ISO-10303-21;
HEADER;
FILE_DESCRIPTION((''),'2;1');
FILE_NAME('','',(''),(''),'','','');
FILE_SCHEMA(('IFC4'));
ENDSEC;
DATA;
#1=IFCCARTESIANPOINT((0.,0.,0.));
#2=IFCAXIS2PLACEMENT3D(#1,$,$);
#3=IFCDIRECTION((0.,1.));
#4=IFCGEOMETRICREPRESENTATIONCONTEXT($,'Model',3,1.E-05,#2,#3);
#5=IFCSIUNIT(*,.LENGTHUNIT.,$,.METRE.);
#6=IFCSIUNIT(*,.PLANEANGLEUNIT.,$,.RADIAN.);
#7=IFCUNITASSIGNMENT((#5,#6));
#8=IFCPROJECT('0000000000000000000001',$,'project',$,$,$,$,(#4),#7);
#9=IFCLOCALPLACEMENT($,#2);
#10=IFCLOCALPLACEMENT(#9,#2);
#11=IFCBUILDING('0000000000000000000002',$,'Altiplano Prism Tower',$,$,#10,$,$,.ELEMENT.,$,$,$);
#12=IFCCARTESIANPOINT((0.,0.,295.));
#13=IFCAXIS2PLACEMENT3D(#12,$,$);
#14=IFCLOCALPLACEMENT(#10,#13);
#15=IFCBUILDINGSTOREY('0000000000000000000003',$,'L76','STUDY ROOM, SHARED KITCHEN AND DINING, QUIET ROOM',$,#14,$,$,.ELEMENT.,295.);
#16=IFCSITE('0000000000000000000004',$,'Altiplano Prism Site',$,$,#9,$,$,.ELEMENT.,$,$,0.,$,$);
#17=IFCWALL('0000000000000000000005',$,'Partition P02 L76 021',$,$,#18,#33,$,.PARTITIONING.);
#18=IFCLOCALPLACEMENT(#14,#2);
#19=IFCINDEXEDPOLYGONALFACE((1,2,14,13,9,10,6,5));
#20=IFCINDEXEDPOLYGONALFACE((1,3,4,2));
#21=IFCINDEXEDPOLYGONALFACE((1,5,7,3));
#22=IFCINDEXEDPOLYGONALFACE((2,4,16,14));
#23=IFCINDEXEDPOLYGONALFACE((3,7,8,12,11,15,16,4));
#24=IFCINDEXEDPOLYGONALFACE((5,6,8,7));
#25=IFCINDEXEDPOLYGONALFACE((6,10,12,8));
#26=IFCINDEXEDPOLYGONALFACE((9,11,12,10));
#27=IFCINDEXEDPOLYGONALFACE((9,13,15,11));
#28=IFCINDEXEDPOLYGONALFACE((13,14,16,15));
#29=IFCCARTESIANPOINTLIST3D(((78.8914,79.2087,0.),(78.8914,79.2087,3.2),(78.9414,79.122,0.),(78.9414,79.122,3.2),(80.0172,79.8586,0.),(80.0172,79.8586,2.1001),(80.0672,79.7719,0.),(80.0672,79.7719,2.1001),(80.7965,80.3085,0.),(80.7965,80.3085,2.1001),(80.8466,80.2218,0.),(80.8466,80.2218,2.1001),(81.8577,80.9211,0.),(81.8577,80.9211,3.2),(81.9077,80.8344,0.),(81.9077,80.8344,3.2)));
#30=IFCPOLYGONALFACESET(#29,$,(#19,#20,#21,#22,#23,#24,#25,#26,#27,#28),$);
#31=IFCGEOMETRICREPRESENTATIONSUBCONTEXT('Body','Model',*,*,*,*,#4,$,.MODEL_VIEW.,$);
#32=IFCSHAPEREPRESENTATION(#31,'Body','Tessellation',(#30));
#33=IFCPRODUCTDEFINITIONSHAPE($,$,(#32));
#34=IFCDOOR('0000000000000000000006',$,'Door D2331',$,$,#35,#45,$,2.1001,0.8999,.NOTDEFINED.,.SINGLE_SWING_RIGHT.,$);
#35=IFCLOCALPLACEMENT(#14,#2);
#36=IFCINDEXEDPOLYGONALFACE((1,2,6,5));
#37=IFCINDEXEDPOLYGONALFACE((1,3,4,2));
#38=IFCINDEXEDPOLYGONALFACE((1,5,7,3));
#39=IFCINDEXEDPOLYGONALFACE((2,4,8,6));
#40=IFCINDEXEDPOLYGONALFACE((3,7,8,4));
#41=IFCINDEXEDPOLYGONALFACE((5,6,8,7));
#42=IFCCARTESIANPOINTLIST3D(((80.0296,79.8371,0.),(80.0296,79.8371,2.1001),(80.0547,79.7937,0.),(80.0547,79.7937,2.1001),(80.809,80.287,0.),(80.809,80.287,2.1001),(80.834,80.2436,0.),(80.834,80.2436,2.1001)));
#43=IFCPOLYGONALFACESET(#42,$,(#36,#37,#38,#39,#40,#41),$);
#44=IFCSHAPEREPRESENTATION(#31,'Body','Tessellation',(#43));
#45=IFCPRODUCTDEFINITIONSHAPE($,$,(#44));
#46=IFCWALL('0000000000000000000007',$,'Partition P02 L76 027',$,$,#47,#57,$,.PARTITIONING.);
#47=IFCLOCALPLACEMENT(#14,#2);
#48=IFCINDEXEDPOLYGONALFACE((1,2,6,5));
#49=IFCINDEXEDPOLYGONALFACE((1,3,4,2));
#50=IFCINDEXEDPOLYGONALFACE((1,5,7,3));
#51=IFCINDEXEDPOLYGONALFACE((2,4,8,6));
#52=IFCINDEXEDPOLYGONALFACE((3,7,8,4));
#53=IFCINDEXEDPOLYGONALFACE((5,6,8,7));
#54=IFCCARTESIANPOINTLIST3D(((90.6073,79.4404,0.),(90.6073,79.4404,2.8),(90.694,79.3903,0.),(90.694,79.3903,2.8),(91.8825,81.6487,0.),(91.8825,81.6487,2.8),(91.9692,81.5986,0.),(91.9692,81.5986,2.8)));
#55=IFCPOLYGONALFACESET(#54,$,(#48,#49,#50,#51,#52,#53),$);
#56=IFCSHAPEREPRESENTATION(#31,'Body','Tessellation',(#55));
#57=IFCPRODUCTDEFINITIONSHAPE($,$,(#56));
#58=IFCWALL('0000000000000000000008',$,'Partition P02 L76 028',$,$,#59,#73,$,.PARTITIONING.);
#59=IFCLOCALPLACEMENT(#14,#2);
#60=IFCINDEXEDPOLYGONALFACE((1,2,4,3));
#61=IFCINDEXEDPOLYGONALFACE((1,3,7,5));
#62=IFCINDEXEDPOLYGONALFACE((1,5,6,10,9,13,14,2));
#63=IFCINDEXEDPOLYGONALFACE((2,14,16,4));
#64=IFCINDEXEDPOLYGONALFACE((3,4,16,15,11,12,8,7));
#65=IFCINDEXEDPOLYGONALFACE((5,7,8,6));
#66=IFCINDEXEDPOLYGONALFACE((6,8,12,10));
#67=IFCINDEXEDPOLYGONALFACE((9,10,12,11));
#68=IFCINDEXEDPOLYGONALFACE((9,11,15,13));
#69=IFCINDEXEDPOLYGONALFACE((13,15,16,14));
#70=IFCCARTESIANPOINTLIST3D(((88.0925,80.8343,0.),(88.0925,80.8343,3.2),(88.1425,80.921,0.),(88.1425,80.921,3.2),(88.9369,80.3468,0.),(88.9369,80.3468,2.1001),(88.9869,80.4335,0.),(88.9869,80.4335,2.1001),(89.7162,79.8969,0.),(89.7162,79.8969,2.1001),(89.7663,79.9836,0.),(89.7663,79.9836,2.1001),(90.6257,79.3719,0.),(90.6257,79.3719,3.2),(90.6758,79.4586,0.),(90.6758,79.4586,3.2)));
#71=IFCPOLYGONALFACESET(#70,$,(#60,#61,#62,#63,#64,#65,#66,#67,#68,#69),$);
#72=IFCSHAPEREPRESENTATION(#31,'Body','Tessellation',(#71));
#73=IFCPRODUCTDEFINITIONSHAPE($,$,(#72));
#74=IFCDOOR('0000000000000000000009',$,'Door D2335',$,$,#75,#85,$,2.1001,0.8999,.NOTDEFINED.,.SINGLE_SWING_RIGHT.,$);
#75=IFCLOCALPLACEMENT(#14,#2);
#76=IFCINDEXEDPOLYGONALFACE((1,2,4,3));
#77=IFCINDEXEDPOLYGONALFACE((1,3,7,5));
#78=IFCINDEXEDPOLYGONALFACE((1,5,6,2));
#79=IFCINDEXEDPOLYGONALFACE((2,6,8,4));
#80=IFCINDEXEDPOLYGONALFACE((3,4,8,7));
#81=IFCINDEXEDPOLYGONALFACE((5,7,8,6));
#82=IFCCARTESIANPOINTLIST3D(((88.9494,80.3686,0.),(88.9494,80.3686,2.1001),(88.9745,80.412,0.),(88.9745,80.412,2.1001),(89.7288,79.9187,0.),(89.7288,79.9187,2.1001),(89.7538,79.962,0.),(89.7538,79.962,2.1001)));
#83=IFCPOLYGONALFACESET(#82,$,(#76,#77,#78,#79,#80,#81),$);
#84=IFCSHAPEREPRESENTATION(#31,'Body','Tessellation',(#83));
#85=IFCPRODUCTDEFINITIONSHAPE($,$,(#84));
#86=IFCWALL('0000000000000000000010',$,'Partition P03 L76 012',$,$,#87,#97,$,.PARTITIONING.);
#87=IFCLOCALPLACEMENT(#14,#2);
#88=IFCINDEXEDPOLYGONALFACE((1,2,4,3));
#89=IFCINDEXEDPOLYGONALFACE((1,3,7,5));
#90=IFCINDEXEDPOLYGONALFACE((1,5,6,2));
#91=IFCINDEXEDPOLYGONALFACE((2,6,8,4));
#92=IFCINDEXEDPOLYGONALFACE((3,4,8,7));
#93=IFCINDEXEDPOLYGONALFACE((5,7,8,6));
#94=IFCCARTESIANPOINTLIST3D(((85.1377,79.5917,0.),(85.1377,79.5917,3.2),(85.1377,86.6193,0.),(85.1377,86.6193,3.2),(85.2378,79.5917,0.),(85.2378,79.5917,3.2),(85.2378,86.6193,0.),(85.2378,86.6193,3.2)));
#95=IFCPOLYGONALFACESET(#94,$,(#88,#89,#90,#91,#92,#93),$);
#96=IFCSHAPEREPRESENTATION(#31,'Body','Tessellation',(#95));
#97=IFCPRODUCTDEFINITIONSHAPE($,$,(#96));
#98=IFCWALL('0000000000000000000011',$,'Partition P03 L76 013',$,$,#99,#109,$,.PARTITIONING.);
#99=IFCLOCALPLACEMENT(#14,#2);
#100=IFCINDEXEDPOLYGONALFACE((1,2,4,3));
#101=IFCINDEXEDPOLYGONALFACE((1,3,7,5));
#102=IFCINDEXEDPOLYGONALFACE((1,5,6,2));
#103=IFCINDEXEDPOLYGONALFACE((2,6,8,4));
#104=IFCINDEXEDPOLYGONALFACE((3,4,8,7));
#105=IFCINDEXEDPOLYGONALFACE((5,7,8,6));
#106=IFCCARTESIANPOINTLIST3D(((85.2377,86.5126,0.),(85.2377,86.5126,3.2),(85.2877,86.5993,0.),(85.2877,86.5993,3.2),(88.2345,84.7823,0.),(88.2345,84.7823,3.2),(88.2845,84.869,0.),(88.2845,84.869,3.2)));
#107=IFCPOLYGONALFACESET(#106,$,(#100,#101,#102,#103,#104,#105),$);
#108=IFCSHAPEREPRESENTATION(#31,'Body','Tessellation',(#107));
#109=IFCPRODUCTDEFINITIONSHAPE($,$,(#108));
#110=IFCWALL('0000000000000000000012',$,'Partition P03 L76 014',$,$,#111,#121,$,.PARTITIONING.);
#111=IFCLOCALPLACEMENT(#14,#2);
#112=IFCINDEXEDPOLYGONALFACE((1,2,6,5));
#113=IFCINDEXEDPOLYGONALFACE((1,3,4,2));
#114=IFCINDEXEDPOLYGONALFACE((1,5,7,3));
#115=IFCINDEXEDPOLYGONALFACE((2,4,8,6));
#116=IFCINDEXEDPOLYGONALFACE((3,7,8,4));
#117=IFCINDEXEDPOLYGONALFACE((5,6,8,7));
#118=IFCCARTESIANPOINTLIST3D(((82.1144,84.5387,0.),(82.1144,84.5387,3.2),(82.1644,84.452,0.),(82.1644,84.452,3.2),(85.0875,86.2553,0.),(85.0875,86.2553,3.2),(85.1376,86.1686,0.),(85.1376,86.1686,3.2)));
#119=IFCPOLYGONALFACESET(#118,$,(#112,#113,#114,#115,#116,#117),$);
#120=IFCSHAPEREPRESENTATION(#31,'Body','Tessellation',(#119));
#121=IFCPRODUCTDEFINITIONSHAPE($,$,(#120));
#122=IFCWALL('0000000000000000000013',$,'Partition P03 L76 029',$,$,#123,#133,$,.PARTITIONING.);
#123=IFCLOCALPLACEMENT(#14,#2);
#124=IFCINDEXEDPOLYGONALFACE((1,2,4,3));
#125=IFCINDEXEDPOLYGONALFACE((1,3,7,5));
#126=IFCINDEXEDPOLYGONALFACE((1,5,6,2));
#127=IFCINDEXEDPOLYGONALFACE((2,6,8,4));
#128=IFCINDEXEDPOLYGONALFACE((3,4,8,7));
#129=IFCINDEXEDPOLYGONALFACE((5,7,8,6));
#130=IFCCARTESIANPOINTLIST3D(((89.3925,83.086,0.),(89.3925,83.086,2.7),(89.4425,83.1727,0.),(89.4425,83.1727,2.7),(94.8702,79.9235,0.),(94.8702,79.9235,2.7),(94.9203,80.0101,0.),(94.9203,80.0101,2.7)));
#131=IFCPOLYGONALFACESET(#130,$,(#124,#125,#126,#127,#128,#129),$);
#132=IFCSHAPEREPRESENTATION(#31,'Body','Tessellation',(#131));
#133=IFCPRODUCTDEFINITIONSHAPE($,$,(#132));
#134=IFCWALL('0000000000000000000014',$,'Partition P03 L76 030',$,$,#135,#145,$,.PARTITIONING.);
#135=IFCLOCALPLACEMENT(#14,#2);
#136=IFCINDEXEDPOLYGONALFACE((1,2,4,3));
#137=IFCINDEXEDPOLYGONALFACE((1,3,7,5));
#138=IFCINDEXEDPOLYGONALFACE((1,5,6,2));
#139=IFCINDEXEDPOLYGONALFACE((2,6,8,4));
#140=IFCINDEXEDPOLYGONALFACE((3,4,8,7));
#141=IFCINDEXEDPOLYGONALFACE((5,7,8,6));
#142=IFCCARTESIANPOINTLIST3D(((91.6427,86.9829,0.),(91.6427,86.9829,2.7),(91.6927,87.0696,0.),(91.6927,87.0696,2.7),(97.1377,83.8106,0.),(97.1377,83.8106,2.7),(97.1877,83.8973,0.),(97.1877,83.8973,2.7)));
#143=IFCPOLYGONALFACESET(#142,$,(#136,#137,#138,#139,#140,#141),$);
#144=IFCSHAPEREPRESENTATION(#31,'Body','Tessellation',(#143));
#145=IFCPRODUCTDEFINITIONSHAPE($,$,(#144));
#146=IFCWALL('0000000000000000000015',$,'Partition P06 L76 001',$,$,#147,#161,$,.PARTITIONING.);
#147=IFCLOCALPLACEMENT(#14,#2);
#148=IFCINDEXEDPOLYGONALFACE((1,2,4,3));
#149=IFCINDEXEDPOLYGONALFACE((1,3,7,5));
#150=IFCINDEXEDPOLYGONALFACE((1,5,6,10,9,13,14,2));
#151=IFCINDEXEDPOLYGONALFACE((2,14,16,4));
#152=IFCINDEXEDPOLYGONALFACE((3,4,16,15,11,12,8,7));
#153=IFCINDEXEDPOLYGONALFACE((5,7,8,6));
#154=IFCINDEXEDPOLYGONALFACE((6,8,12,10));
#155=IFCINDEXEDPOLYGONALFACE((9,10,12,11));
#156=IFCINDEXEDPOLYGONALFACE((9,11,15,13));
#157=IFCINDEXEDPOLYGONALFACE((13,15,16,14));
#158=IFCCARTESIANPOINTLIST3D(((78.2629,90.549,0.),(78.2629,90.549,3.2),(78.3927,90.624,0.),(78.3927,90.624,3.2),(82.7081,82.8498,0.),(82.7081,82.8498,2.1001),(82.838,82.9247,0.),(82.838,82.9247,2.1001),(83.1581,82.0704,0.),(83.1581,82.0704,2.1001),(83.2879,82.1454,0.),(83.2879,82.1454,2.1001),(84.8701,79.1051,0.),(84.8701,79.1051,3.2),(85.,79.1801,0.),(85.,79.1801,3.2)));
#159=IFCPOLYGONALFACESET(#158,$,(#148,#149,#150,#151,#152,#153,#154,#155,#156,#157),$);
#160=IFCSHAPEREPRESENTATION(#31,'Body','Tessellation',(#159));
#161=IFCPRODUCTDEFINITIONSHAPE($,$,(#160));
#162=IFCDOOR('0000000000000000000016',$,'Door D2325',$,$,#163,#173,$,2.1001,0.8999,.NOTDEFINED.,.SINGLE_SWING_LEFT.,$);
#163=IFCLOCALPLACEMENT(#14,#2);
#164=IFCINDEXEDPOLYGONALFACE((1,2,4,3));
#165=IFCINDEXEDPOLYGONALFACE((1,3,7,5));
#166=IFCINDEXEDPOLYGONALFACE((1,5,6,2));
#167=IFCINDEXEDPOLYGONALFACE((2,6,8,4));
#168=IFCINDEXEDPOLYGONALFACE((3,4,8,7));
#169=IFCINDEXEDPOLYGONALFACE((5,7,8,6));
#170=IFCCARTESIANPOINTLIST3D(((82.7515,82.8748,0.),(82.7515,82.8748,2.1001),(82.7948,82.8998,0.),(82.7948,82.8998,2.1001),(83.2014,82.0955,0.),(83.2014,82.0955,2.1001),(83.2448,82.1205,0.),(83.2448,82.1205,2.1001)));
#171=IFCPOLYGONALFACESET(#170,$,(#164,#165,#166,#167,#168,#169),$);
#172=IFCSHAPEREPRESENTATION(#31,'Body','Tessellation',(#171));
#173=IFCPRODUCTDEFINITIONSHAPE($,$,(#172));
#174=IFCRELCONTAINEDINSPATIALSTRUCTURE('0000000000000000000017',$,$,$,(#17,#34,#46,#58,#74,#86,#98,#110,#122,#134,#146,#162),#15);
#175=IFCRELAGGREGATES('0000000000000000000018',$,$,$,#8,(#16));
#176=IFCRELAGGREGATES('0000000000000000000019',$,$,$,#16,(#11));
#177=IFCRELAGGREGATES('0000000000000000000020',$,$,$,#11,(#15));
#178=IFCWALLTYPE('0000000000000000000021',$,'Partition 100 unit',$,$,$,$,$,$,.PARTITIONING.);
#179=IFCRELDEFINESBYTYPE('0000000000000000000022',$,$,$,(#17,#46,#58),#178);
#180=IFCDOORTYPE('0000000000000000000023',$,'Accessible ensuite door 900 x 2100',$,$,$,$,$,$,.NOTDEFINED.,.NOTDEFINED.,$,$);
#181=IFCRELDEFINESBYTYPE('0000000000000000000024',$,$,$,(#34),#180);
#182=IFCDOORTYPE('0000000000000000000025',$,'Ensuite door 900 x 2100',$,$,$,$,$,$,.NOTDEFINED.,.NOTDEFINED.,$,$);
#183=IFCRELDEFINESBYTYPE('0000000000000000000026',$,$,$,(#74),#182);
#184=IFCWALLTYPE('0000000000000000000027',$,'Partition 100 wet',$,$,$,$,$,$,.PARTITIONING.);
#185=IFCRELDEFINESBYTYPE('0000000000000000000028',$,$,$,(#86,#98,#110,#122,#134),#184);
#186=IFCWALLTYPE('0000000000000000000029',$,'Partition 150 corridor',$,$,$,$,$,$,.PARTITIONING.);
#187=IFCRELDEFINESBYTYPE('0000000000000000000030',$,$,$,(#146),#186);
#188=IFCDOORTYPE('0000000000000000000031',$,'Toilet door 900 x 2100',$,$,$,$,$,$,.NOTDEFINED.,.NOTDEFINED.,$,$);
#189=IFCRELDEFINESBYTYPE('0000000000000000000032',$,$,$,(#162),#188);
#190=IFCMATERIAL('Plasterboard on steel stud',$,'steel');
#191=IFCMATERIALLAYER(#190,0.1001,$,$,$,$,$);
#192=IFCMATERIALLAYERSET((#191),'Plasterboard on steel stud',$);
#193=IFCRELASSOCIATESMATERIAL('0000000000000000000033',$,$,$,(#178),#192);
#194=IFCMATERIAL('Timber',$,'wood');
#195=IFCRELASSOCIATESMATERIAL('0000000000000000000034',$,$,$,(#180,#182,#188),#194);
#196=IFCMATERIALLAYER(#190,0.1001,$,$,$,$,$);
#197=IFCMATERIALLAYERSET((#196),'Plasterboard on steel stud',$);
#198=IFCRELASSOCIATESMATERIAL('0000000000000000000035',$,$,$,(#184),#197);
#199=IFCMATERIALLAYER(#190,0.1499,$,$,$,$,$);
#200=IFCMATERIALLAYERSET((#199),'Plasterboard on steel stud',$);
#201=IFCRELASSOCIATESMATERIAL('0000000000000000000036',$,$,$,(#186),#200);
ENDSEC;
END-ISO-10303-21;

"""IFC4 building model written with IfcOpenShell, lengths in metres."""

from ifc_helpers import new_model, si_unit, direction, frame, frame_2d, origin, place, context, subcontext, project, spatial, rectangle, extrude, material, layer, layer_set, type_object, element, fill, save


model = new_model("IFC4")

# Units and contexts
model_context = context("Model", 3, precision=1e-05, world=origin(), true_north=direction((0.0, 1.0)))
body_context = subcontext(model_context, "Body", "Model", "MODEL_VIEW")
ifc_project = project(units=[si_unit("LENGTHUNIT", "METRE"), si_unit("PLANEANGLEUNIT", "RADIAN")], contexts=[model_context])

# Site, building, storey
site_placement = place(None, origin())
site = spatial("IfcSite", under=ifc_project, at=site_placement, Name="Altiplano Prism Site", CompositionType="ELEMENT", RefElevation=0.0)
building_placement = place(site_placement, origin())
building = spatial("IfcBuilding", under=site, at=building_placement, Name="Altiplano Prism Tower", CompositionType="ELEMENT")
storey_placement = place(building_placement, frame((0.0, 0.0, 295.0)))
storey = spatial("IfcBuildingStorey", under=building, at=storey_placement, Name="L76", Description="STUDY ROOM, SHARED KITCHEN AND DINING, QUIET ROOM", CompositionType="ELEMENT", Elevation=295.0)

# Wall, opening, door
ifc_material_1 = material(Name="Plasterboard on steel stud", Category="steel")
ifc_layer_1 = layer(ifc_material_1, 0.1001)
ifc_layer_set_1 = layer_set([ifc_layer_1], Name="Plasterboard on steel stud")
wall_type_1 = type_object("IfcWallType", Name="Partition 100 unit", PredefinedType="PARTITIONING", material=ifc_layer_set_1)
wall_1_placement = place(storey_placement, frame((81.8826, 80.8777, 0.0), z_axis=(0.0, 0.0, 1.0), x_axis=(-0.86605, -0.499957, 0.0)))
wall_1 = element("IfcWall", 1, at=wall_1_placement, inside=storey, type_object=wall_type_1, Name="Partition P02 L76 021", PredefinedType="PARTITIONING", context=body_context, shape_type="SweptSolid", body=[
    extrude(rectangle(XDim=3.425, YDim=0.1001, at=frame_2d((1.7124, 0.0))), origin(), (0.0, 0.0, 1.0), 3.2),
])
opening_1_placement = place(wall_1_placement, frame((1.2251, 0.0, 0.0)))
opening_1 = element("IfcOpeningElement", 2, at=opening_1_placement, cuts=wall_1, PredefinedType="OPENING", context=body_context, shape_type="SweptSolid", body=[
    extrude(rectangle(XDim=0.8999, YDim=2.1001, at=frame_2d((0.45, 1.05))), frame((0.0, 0.0605, 0.0), z_axis=(0.0, -1.0, 0.0), x_axis=(1.0, 0.0, 0.0)), (0.0, 0.0, 1.0), 0.1211),
])
ifc_material_2 = material(Name="Timber", Category="wood")
door_type_1 = type_object("IfcDoorType", Name="Accessible ensuite door 900 x 2100", OperationType="NOTDEFINED", PredefinedType="NOTDEFINED", material=ifc_material_2)
door_1_placement = place(opening_1_placement, origin())
door_1 = element("IfcDoor", 3, at=door_1_placement, inside=storey, type_object=door_type_1, Name="Door D2331", OperationType="SINGLE_SWING_RIGHT", OverallHeight=2.1001, OverallWidth=0.8999, PredefinedType="NOTDEFINED", context=body_context, shape_type="SweptSolid", body=[
    extrude(rectangle(XDim=0.8999, YDim=2.1001, at=frame_2d((0.45, 1.05))), frame((0.0, 0.0249, 0.0), z_axis=(0.0, -1.0, 0.0), x_axis=(1.0, 0.0, 0.0)), (0.0, 0.0, 1.0), 0.05),
])
fill(opening_1, door_1)

# Wall
wall_2_placement = place(storey_placement, frame((91.9258, 81.6235, 0.0), z_axis=(0.0, 0.0, 1.0), x_axis=(-0.500062, -0.865989, 0.0)))
element("IfcWall", 4, at=wall_2_placement, inside=storey, type_object=wall_type_1, Name="Partition P02 L76 027", PredefinedType="PARTITIONING", context=body_context, shape_type="SweptSolid", body=[
    extrude(rectangle(XDim=2.55, YDim=0.1001, at=frame_2d((1.2749, 0.0))), origin(), (0.0, 0.0, 1.0), 2.8),
])

# Wall, opening, door
wall_3_placement = place(storey_placement, frame((90.6506, 79.4153, 0.0), z_axis=(0.0, 0.0, 1.0), x_axis=(-0.866047, 0.499963, 0.0)))
wall_3 = element("IfcWall", 5, at=wall_3_placement, inside=storey, type_object=wall_type_1, Name="Partition P02 L76 028", PredefinedType="PARTITIONING", context=body_context, shape_type="SweptSolid", body=[
    extrude(rectangle(XDim=2.925, YDim=0.1001, at=frame_2d((1.4624, 0.0))), origin(), (0.0, 0.0, 1.0), 3.2),
])
opening_2_placement = place(wall_3_placement, frame((1.05, 0.0, 0.0)))
opening_2 = element("IfcOpeningElement", 6, at=opening_2_placement, cuts=wall_3, PredefinedType="OPENING", context=body_context, shape_type="SweptSolid", body=[
    extrude(rectangle(XDim=0.8999, YDim=2.1001, at=frame_2d((0.45, 1.05))), frame((0.0, 0.0605, 0.0), z_axis=(0.0, -1.0, 0.0), x_axis=(1.0, 0.0, 0.0)), (0.0, 0.0, 1.0), 0.1211),
])
door_type_2 = type_object("IfcDoorType", Name="Ensuite door 900 x 2100", OperationType="NOTDEFINED", PredefinedType="NOTDEFINED", material=ifc_material_2)
door_2_placement = place(opening_2_placement, origin())
door_2 = element("IfcDoor", 7, at=door_2_placement, inside=storey, type_object=door_type_2, Name="Door D2335", OperationType="SINGLE_SWING_RIGHT", OverallHeight=2.1001, OverallWidth=0.8999, PredefinedType="NOTDEFINED", context=body_context, shape_type="SweptSolid", body=[
    extrude(rectangle(XDim=0.8999, YDim=2.1001, at=frame_2d((0.45, 1.05))), frame((0.0, 0.0249, 0.0), z_axis=(0.0, -1.0, 0.0), x_axis=(1.0, 0.0, 0.0)), (0.0, 0.0, 1.0), 0.05),
])
fill(opening_2, door_2)

# Walls
ifc_layer_2 = layer(ifc_material_1, 0.1001)
ifc_layer_set_2 = layer_set([ifc_layer_2], Name="Plasterboard on steel stud")
wall_type_2 = type_object("IfcWallType", Name="Partition 100 wet", PredefinedType="PARTITIONING", material=ifc_layer_set_2)
wall_4_placement = place(storey_placement, frame((85.1877, 86.6191, 0.0), z_axis=(0.0, 0.0, 1.0), x_axis=(0.0, -1.0, 0.0)))
element("IfcWall", 8, at=wall_4_placement, inside=storey, type_object=wall_type_2, Name="Partition P03 L76 012", PredefinedType="PARTITIONING", context=body_context, shape_type="SweptSolid", body=[
    extrude(rectangle(XDim=7.0276, YDim=0.1001, at=frame_2d((3.5137, 0.0))), origin(), (0.0, 0.0, 1.0), 3.2),
])
wall_5_placement = place(storey_placement, frame((88.2595, 84.8257, 0.0), z_axis=(0.0, 0.0, 1.0), x_axis=(-0.866025, 0.500001, 0.0)))
element("IfcWall", 9, at=wall_5_placement, inside=storey, type_object=wall_type_2, Name="Partition P03 L76 013", PredefinedType="PARTITIONING", context=body_context, shape_type="SweptSolid", body=[
    extrude(rectangle(XDim=3.4604, YDim=0.1001, at=frame_2d((1.7302, 0.0))), origin(), (0.0, 0.0, 1.0), 3.2),
])
wall_6_placement = place(storey_placement, frame((85.1125, 86.2119, 0.0), z_axis=(0.0, 0.0, 1.0), x_axis=(-0.866025, -0.500002, 0.0)))
element("IfcWall", 10, at=wall_6_placement, inside=storey, type_object=wall_type_2, Name="Partition P03 L76 014", PredefinedType="PARTITIONING", context=body_context, shape_type="SweptSolid", body=[
    extrude(rectangle(XDim=3.4331, YDim=0.1001, at=frame_2d((1.7166, 0.0))), origin(), (0.0, 0.0, 1.0), 3.2),
])
wall_7_placement = place(storey_placement, frame((94.8953, 79.9668, 0.0), z_axis=(0.0, 0.0, 1.0), x_axis=(-0.866026, 0.5, 0.0)))
element("IfcWall", 11, at=wall_7_placement, inside=storey, type_object=wall_type_2, Name="Partition P03 L76 029", PredefinedType="PARTITIONING", context=body_context, shape_type="SweptSolid", body=[
    extrude(rectangle(XDim=6.3252, YDim=0.1001, at=frame_2d((3.1626, 0.0))), origin(), (0.0, 0.0, 1.0), 2.7),
])
wall_8_placement = place(storey_placement, frame((97.1626, 83.854, 0.0), z_axis=(0.0, 0.0, 1.0), x_axis=(-0.866042, 0.499971, 0.0)))
element("IfcWall", 12, at=wall_8_placement, inside=storey, type_object=wall_type_2, Name="Partition P03 L76 030", PredefinedType="PARTITIONING", context=body_context, shape_type="SweptSolid", body=[
    extrude(rectangle(XDim=6.345, YDim=0.1001, at=frame_2d((3.1724, 0.0))), origin(), (0.0, 0.0, 1.0), 2.7),
])

# Wall, opening, door
ifc_layer_3 = layer(ifc_material_1, 0.1499)
ifc_layer_set_3 = layer_set([ifc_layer_3], Name="Plasterboard on steel stud")
wall_type_3 = type_object("IfcWallType", Name="Partition 150 corridor", PredefinedType="PARTITIONING", material=ifc_layer_set_3)
wall_9_placement = place(storey_placement, frame((84.9351, 79.1426, 0.0), z_axis=(0.0, 0.0, 1.0), x_axis=(-0.500004, 0.866023, 0.0)))
wall_9 = element("IfcWall", 13, at=wall_9_placement, inside=storey, type_object=wall_type_3, Name="Partition P06 L76 001", PredefinedType="PARTITIONING", context=body_context, shape_type="SweptSolid", body=[
    extrude(rectangle(XDim=13.2144, YDim=0.1499, at=frame_2d((6.6072, 0.0))), origin(), (0.0, 0.0, 1.0), 3.2),
])
opening_3_placement = place(wall_9_placement, frame((3.4241, 0.0, 0.0)))
opening_3 = element("IfcOpeningElement", 14, at=opening_3_placement, cuts=wall_9, PredefinedType="OPENING", context=body_context, shape_type="SweptSolid", body=[
    extrude(rectangle(XDim=0.8999, YDim=2.1001, at=frame_2d((0.45, 1.05))), frame((0.0, 0.0854, 0.0), z_axis=(0.0, -1.0, 0.0), x_axis=(1.0, 0.0, 0.0)), (0.0, 0.0, 1.0), 0.1709),
])
door_type_3 = type_object("IfcDoorType", Name="Toilet door 900 x 2100", OperationType="NOTDEFINED", PredefinedType="NOTDEFINED", material=ifc_material_2)
door_3_placement = place(opening_3_placement, origin())
door_3 = element("IfcDoor", 15, at=door_3_placement, inside=storey, type_object=door_type_3, Name="Door D2325", OperationType="SINGLE_SWING_LEFT", OverallHeight=2.1001, OverallWidth=0.8999, PredefinedType="NOTDEFINED", context=body_context, shape_type="SweptSolid", body=[
    extrude(rectangle(XDim=0.8999, YDim=2.1001, at=frame_2d((0.45, 1.05))), frame((0.0, 0.0249, 0.0), z_axis=(0.0, -1.0, 0.0), x_axis=(1.0, 0.0, 0.0)), (0.0, 0.0, 1.0), 0.05),
])
fill(opening_3, door_3)

save(model, "model.ifc")
